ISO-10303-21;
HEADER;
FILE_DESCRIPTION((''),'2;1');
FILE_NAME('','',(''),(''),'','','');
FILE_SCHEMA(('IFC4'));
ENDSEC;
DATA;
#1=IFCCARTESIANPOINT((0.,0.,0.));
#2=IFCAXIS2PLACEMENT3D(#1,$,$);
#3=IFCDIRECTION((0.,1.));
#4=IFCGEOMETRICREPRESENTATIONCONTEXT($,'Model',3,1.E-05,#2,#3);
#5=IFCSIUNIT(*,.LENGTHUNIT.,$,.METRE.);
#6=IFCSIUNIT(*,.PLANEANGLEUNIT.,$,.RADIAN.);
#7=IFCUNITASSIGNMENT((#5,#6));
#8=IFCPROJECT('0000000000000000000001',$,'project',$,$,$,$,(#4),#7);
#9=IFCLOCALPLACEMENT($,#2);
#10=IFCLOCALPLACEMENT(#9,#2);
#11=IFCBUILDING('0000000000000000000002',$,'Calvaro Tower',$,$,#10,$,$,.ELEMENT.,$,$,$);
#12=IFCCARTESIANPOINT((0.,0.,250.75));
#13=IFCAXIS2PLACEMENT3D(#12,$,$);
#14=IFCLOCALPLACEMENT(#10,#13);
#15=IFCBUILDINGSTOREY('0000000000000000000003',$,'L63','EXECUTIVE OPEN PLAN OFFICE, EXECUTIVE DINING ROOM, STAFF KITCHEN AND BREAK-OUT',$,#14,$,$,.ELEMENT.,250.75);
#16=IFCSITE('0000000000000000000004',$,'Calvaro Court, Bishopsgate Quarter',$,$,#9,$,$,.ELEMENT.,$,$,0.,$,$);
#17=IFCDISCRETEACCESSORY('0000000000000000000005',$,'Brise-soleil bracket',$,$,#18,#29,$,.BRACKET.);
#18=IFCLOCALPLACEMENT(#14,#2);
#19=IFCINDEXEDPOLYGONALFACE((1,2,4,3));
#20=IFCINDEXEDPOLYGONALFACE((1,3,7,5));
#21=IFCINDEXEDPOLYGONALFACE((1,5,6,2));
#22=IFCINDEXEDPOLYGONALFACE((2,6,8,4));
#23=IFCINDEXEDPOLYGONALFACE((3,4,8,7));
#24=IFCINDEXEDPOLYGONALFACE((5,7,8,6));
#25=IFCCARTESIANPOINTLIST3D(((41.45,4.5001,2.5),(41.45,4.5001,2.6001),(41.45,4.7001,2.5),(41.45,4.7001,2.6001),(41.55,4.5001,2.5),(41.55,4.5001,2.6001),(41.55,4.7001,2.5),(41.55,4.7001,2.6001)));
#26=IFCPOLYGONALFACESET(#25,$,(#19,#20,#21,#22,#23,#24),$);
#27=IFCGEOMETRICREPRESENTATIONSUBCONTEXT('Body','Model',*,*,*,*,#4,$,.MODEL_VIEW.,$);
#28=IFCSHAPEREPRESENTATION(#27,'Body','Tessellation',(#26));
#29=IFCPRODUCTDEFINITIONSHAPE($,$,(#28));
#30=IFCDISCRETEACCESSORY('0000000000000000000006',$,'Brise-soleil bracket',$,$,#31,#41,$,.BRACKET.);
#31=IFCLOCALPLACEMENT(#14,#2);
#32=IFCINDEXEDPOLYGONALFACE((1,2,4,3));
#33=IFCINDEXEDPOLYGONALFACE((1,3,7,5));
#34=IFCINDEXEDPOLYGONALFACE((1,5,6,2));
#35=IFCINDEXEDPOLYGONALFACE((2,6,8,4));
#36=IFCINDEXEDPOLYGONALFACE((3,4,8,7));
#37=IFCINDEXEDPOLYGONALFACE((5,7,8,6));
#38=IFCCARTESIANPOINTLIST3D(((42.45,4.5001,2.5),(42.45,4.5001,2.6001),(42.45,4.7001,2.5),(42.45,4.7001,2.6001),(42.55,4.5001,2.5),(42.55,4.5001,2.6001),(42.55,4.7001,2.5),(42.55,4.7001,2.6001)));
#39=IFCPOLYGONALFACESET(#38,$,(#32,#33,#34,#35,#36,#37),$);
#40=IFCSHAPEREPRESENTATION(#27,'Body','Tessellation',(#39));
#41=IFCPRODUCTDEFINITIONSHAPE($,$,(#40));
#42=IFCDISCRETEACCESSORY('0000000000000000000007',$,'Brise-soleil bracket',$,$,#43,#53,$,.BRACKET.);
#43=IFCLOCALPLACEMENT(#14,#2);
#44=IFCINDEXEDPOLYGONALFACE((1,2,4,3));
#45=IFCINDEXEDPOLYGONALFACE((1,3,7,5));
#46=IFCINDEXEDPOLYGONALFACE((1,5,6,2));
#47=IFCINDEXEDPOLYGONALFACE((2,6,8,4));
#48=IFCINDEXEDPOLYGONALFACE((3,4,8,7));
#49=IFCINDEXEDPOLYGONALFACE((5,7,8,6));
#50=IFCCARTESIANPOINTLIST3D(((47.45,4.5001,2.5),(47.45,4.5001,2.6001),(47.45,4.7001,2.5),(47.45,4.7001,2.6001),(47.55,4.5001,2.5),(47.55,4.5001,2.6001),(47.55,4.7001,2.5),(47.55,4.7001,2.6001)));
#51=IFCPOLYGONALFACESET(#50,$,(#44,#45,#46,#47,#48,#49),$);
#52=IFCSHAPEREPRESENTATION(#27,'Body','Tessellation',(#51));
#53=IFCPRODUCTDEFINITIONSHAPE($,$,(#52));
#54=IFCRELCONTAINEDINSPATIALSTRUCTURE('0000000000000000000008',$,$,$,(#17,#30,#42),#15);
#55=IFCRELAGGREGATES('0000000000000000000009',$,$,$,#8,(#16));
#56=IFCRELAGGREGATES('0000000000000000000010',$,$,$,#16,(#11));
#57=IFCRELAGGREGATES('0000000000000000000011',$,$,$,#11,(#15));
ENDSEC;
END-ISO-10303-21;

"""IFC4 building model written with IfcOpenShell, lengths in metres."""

from ifc_helpers import new_model, si_unit, direction, frame, origin, origin_2d, place, context, subcontext, project, spatial, rectangle, extrude, element, save


model = new_model("IFC4")

# Units and contexts
model_context = context("Model", 3, precision=1e-05, world=origin(), true_north=direction((0.0, 1.0)))
body_context = subcontext(model_context, "Body", "Model", "MODEL_VIEW")
ifc_project = project(units=[si_unit("LENGTHUNIT", "METRE"), si_unit("PLANEANGLEUNIT", "RADIAN")], contexts=[model_context])

# Site, building, storey
site_placement = place(None, origin())
site = spatial("IfcSite", under=ifc_project, at=site_placement, Name="Calvaro Court, Bishopsgate Quarter", CompositionType="ELEMENT", RefElevation=0.0)
building_placement = place(site_placement, origin())
building = spatial("IfcBuilding", under=site, at=building_placement, Name="Calvaro Tower", CompositionType="ELEMENT")
storey_placement = place(building_placement, frame((0.0, 0.0, 250.75)))
storey = spatial("IfcBuildingStorey", under=building, at=storey_placement, Name="L63", Description="EXECUTIVE OPEN PLAN OFFICE, EXECUTIVE DINING ROOM, STAFF KITCHEN AND BREAK-OUT", CompositionType="ELEMENT", Elevation=250.75)

# Discrete accessories
for number, where, z_axis, x_axis, name in (
    (1, (41.5, 4.6001, 2.5), (0.0, 0.0, 1.0), (1.0, 0.0, 0.0), "Brise-soleil bracket"),
    (2, (42.5, 4.6001, 2.5), (0.0, 0.0, 1.0), (1.0, 0.0, 0.0), "Brise-soleil bracket"),
    (3, (47.5, 4.6001, 2.5), (0.0, 0.0, 1.0), (1.0, 0.0, 0.0), "Brise-soleil bracket"),
):
    element("IfcDiscreteAccessory", number, at=place(storey_placement, frame(where, z_axis=z_axis, x_axis=x_axis)), inside=storey, Name=name, PredefinedType="BRACKET", context=body_context, shape_type="SweptSolid", body=[
        extrude(rectangle(XDim=0.1001, YDim=0.2, at=origin_2d()), origin(), (0.0, 0.0, 1.0), 0.1001),
    ])

save(model, "model.ifc")
